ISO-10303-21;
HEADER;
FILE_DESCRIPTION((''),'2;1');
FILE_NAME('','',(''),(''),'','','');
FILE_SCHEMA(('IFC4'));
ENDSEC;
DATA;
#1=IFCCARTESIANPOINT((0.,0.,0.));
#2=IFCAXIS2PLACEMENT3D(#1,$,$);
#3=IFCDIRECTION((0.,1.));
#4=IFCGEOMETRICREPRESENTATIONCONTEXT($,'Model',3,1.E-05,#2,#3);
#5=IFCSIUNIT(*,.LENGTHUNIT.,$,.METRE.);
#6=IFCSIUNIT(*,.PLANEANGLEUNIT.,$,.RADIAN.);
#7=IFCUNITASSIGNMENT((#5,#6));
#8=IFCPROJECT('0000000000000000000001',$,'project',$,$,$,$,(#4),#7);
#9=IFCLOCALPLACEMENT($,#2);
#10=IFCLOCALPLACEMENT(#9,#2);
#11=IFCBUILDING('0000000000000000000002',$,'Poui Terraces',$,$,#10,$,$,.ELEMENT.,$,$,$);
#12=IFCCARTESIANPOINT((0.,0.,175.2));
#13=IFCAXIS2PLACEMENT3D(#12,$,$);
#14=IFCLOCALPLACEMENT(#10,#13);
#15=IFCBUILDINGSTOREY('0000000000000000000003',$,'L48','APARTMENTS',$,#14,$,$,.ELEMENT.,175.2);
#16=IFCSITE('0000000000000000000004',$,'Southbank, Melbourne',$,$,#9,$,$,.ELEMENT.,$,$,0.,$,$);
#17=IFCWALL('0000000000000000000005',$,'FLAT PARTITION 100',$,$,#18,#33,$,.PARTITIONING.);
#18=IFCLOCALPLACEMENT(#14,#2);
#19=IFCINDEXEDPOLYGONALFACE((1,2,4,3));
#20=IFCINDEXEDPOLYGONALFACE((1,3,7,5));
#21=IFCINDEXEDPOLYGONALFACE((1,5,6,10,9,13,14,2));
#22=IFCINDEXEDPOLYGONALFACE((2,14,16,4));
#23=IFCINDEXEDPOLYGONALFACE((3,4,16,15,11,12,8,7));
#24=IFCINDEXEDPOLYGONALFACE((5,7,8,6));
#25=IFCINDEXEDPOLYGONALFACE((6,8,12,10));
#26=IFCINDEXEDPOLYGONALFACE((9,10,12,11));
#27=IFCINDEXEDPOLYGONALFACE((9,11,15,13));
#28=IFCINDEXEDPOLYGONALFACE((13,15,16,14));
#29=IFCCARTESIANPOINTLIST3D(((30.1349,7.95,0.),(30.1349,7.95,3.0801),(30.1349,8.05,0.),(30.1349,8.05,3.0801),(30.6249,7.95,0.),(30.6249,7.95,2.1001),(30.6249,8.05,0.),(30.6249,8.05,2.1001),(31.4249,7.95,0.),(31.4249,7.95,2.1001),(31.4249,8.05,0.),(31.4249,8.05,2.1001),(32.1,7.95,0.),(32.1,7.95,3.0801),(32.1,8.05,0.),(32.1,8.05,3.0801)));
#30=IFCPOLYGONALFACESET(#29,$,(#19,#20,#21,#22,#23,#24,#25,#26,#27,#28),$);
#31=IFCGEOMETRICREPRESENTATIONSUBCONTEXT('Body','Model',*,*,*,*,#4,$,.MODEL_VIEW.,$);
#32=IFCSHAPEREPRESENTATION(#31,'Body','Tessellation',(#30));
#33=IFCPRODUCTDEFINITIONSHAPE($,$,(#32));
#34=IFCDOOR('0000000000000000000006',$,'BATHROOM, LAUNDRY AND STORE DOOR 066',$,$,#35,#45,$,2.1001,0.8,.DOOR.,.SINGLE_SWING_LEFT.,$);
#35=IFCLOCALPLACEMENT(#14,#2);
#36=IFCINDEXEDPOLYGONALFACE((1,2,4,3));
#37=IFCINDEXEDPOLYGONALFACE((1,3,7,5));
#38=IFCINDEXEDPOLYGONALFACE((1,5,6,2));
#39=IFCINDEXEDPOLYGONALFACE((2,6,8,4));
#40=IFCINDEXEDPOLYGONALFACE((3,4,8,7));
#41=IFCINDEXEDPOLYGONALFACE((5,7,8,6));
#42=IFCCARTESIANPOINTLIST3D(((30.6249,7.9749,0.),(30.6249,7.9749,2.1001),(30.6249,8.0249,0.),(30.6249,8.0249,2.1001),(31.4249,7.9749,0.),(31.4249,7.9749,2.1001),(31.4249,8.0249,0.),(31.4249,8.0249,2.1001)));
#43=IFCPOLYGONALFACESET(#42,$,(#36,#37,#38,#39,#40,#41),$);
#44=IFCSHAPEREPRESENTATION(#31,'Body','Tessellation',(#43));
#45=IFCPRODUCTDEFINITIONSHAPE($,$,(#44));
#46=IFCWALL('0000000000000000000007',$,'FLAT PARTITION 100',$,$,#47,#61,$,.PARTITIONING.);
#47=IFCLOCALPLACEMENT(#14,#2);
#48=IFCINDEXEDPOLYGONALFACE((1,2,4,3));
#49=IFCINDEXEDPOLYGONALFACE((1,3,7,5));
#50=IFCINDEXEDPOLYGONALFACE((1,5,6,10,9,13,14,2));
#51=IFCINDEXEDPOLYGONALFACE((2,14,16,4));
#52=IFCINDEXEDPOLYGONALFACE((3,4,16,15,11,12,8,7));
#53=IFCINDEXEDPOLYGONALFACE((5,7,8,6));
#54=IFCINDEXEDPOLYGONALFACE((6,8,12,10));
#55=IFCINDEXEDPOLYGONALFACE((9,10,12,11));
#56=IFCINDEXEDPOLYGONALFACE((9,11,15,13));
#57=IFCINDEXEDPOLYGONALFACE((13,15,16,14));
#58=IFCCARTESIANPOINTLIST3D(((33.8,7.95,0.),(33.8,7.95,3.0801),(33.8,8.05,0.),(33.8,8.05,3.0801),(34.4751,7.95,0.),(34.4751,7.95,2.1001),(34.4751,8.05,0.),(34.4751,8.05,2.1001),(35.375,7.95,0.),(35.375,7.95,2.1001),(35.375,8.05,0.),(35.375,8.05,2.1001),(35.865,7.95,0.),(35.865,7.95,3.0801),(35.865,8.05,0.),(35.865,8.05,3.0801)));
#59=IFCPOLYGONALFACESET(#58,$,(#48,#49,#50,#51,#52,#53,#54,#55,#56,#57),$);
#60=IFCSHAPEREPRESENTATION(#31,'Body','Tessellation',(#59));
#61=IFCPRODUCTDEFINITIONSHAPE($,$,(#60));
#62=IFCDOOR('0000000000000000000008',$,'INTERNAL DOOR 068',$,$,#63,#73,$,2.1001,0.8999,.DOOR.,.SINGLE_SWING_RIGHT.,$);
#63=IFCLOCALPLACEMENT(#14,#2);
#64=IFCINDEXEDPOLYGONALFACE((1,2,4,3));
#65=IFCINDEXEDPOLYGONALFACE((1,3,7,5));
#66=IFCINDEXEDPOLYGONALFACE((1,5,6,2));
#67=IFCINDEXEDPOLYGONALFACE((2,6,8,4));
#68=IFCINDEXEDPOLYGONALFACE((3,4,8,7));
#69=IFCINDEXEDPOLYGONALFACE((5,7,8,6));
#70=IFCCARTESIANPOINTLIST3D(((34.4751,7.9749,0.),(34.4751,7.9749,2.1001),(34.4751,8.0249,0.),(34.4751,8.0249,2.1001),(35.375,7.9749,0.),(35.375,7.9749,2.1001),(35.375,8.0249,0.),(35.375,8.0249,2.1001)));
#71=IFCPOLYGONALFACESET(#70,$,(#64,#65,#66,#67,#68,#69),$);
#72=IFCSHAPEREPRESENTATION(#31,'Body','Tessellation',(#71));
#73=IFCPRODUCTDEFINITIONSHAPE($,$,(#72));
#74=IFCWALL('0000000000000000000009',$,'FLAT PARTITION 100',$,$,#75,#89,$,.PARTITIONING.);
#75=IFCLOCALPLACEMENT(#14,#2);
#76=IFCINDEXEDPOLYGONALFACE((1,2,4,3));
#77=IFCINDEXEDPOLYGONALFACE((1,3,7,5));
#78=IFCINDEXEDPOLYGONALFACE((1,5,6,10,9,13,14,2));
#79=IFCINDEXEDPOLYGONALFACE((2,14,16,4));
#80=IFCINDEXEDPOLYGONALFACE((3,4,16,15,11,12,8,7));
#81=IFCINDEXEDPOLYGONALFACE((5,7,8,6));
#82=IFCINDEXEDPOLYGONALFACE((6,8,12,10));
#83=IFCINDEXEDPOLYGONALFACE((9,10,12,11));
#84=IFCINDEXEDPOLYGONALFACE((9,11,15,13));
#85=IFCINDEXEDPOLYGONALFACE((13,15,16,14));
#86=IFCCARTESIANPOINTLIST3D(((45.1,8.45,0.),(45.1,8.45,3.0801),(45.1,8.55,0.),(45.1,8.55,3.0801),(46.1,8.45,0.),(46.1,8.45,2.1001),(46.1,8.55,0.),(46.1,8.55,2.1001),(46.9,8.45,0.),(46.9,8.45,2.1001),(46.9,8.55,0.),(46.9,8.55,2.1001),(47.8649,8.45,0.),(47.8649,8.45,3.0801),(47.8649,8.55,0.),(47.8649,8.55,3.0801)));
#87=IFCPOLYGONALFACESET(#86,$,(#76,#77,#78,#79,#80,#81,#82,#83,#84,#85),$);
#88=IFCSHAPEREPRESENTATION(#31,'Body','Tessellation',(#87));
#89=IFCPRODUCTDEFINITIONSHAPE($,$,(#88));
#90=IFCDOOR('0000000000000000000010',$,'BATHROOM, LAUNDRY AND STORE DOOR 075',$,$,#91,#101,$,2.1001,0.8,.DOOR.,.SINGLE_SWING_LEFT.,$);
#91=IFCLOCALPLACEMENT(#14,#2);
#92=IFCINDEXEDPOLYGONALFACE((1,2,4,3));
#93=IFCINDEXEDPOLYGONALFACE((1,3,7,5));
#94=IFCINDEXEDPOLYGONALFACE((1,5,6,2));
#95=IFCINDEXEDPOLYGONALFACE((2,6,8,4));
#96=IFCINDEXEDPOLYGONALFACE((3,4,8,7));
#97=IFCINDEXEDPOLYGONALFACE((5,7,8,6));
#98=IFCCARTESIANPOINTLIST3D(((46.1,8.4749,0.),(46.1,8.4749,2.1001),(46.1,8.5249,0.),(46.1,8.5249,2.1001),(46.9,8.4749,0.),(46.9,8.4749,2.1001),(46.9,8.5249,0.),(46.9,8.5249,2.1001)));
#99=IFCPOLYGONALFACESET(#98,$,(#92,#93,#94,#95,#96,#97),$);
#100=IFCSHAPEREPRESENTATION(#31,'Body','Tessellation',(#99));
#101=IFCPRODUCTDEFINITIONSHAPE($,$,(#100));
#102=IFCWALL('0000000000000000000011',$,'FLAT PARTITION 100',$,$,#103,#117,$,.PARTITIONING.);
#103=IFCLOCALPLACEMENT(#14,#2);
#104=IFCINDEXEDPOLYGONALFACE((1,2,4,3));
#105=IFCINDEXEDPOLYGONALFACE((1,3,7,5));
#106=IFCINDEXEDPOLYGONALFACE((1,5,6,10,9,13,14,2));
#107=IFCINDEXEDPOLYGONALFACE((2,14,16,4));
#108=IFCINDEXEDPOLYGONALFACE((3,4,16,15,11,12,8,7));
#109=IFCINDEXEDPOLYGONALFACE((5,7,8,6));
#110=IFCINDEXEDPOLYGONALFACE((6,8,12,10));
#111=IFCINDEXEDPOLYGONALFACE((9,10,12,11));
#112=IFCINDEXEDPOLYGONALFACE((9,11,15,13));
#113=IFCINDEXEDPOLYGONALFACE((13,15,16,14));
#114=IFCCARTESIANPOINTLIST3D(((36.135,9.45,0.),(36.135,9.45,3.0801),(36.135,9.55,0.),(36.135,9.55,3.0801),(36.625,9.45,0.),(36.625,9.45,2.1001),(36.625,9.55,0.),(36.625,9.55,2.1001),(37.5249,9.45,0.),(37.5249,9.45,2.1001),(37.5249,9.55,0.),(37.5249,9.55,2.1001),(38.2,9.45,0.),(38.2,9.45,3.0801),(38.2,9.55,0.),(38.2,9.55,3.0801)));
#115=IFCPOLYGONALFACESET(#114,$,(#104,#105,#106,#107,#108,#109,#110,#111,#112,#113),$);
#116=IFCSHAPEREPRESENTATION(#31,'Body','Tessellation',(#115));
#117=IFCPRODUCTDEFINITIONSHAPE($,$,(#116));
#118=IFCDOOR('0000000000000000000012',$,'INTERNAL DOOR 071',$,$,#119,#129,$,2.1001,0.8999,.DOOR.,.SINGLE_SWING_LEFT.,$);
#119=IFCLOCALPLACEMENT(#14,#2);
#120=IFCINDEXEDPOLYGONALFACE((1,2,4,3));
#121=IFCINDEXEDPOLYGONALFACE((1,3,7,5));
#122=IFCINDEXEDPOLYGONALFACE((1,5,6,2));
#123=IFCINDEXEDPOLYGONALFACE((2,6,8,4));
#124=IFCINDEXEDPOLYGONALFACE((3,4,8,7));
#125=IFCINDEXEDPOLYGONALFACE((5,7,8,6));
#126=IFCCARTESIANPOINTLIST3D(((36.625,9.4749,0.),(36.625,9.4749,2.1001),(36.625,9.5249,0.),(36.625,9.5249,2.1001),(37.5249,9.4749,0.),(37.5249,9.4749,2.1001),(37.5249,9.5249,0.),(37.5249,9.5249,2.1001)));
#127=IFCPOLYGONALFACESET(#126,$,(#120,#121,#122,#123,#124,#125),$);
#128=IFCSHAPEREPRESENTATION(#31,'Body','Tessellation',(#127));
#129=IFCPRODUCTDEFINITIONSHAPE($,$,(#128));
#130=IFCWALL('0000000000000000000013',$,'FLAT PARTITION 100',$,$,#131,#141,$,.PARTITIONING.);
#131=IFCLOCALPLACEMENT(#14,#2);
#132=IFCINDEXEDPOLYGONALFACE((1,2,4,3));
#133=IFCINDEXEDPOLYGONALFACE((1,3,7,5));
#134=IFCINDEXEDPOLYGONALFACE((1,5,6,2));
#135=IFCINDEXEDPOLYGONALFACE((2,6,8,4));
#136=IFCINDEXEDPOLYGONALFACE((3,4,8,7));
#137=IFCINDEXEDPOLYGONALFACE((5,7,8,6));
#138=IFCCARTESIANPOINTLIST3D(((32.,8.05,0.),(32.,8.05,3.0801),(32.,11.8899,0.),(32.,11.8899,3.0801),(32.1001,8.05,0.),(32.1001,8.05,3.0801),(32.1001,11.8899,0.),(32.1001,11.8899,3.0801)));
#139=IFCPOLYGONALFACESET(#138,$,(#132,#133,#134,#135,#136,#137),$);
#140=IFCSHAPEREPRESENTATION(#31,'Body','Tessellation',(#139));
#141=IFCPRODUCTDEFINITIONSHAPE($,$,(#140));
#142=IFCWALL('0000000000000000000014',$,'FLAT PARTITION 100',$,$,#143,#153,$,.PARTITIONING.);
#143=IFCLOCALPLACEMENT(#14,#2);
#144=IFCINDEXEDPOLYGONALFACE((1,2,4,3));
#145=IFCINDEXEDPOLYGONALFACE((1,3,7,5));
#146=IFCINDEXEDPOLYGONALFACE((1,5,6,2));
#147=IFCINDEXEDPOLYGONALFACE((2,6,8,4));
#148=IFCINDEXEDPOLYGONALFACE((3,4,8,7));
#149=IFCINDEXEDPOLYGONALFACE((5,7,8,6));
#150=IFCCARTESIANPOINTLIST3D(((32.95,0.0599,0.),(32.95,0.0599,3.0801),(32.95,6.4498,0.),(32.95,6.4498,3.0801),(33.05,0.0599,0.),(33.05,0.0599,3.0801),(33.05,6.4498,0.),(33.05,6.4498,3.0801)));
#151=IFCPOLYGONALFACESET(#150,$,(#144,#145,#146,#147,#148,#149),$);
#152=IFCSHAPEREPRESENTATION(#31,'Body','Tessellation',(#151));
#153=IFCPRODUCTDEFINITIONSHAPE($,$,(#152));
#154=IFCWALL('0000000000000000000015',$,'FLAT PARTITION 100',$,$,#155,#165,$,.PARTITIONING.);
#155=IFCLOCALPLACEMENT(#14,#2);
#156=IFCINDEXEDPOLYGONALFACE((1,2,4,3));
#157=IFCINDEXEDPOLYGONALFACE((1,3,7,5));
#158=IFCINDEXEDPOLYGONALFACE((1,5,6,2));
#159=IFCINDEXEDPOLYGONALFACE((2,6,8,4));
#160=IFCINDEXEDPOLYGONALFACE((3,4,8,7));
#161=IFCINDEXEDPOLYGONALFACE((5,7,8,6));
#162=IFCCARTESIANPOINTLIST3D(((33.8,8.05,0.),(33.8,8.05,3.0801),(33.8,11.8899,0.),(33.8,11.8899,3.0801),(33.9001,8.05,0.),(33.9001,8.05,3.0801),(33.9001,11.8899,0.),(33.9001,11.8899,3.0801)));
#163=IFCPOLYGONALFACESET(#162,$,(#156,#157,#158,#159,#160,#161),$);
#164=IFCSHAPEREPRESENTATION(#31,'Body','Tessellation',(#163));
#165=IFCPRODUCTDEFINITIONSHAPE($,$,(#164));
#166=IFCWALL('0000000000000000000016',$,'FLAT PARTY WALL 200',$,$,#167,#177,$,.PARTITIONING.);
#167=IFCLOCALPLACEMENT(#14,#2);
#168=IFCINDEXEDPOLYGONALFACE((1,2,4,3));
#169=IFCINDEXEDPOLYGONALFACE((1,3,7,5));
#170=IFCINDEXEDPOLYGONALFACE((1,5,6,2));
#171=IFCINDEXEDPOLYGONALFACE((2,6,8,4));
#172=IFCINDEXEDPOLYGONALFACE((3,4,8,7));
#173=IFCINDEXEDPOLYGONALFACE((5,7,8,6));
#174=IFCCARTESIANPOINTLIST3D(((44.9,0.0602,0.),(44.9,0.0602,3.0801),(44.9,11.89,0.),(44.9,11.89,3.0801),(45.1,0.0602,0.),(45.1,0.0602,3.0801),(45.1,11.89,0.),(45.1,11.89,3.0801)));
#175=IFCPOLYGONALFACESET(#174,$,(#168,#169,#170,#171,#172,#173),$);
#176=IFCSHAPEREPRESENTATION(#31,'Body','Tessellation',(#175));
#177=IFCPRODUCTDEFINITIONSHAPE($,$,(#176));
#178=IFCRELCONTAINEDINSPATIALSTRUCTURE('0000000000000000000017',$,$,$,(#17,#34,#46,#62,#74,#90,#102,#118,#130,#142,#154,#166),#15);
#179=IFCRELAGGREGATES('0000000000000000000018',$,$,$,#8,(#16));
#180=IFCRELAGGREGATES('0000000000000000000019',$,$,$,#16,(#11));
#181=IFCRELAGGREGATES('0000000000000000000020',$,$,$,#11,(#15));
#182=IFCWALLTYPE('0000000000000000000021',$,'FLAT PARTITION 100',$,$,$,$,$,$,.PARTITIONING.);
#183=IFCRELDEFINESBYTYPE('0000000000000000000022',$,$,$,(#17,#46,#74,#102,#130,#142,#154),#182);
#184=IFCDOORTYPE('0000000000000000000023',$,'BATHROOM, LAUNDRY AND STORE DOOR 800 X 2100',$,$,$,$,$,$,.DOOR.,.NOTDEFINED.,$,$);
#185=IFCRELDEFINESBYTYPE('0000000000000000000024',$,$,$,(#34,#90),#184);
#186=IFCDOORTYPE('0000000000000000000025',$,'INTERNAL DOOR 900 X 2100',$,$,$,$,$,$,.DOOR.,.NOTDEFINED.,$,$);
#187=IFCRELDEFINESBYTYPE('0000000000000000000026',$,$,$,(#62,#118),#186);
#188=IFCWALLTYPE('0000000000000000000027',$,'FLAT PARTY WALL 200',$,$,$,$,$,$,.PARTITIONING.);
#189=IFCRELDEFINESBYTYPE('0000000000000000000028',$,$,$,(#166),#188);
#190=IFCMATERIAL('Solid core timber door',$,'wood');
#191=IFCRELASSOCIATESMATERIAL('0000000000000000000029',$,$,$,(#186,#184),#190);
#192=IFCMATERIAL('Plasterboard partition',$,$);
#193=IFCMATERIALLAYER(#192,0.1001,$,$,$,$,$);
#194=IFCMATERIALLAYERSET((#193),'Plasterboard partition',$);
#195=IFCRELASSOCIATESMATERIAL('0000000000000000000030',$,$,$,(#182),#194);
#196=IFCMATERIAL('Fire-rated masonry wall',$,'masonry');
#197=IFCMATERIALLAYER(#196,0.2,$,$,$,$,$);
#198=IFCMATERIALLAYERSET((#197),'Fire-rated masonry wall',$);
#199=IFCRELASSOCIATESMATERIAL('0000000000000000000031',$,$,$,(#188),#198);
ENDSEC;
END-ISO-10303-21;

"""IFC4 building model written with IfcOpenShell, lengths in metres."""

from ifc_helpers import new_model, si_unit, direction, frame, frame_2d, origin, place, context, subcontext, project, spatial, rectangle, extrude, material, layer, layer_set, type_object, element, fill, save


model = new_model("IFC4")

# Units and contexts
model_context = context("Model", 3, precision=1e-05, world=origin(), true_north=direction((0.0, 1.0)))
body_context = subcontext(model_context, "Body", "Model", "MODEL_VIEW")
ifc_project = project(units=[si_unit("LENGTHUNIT", "METRE"), si_unit("PLANEANGLEUNIT", "RADIAN")], contexts=[model_context])

# Site, building, storey
site_placement = place(None, origin())
site = spatial("IfcSite", under=ifc_project, at=site_placement, Name="Southbank, Melbourne", CompositionType="ELEMENT", RefElevation=0.0)
building_placement = place(site_placement, origin())
building = spatial("IfcBuilding", under=site, at=building_placement, Name="Poui Terraces", CompositionType="ELEMENT")
storey_placement = place(building_placement, frame((0.0, 0.0, 175.2)))
storey = spatial("IfcBuildingStorey", under=building, at=storey_placement, Name="L48", Description="APARTMENTS", CompositionType="ELEMENT", Elevation=175.2)

# Walls, openings, doors
ifc_material_1 = material(Name="Solid core timber door", Category="wood")
door_type_1 = type_object("IfcDoorType", Name="INTERNAL DOOR 900 X 2100", OperationType="NOTDEFINED", PredefinedType="DOOR", material=ifc_material_1)
ifc_material_2 = material(Name="Plasterboard partition")
ifc_layer_1 = layer(ifc_material_2, 0.1001)
ifc_layer_set_1 = layer_set([ifc_layer_1], Name="Plasterboard partition")
wall_type_1 = type_object("IfcWallType", Name="FLAT PARTITION 100", PredefinedType="PARTITIONING", material=ifc_layer_set_1)
wall_1_placement = place(storey_placement, frame((30.135, 8.0, 0.0), z_axis=(0.0, 0.0, 1.0), x_axis=(1.0, 0.0, 0.0)))
wall_1 = element("IfcWall", 1, at=wall_1_placement, inside=storey, type_object=wall_type_1, Name="FLAT PARTITION 100", PredefinedType="PARTITIONING", context=body_context, shape_type="SweptSolid", body=[
    extrude(rectangle(XDim=1.9651, YDim=0.1001, at=frame_2d((0.9824, 0.0))), origin(), (0.0, 0.0, 1.0), 3.0801),
])
opening_1_placement = place(wall_1_placement, frame((0.49, 0.0, 0.0)))
opening_1 = element("IfcOpeningElement", 2, at=opening_1_placement, cuts=wall_1, PredefinedType="OPENING", context=body_context, shape_type="SweptSolid", body=[
    extrude(rectangle(XDim=0.8, YDim=2.1001, at=frame_2d((0.3999, 1.05))), frame((0.0, 0.0601, 0.0), z_axis=(0.0, -1.0, 0.0), x_axis=(1.0, 0.0, 0.0)), (0.0, 0.0, 1.0), 0.1201),
])
door_type_2 = type_object("IfcDoorType", Name="BATHROOM, LAUNDRY AND STORE DOOR 800 X 2100", OperationType="NOTDEFINED", PredefinedType="DOOR", material=ifc_material_1)
door_1_placement = place(opening_1_placement, origin())
door_1 = element("IfcDoor", 3, at=door_1_placement, inside=storey, type_object=door_type_2, Name="BATHROOM, LAUNDRY AND STORE DOOR 066", OperationType="SINGLE_SWING_LEFT", OverallHeight=2.1001, OverallWidth=0.8, PredefinedType="DOOR", context=body_context, shape_type="SweptSolid", body=[
    extrude(rectangle(XDim=0.8, YDim=2.1001, at=frame_2d((0.3999, 1.05))), frame((0.0, 0.0249, 0.0), z_axis=(0.0, -1.0, 0.0), x_axis=(1.0, 0.0, 0.0)), (0.0, 0.0, 1.0), 0.05),
])
fill(opening_1, door_1)
wall_2_placement = place(storey_placement, frame((33.8, 8.0, 0.0), z_axis=(0.0, 0.0, 1.0), x_axis=(1.0, 0.0, 0.0)))
wall_2 = element("IfcWall", 4, at=wall_2_placement, inside=storey, type_object=wall_type_1, Name="FLAT PARTITION 100", PredefinedType="PARTITIONING", context=body_context, shape_type="SweptSolid", body=[
    extrude(rectangle(XDim=2.0649, YDim=0.1001, at=frame_2d((1.0325, 0.0))), origin(), (0.0, 0.0, 1.0), 3.0801),
])
opening_2_placement = place(wall_2_placement, frame((0.675, 0.0, 0.0)))
opening_2 = element("IfcOpeningElement", 5, at=opening_2_placement, cuts=wall_2, PredefinedType="OPENING", context=body_context, shape_type="SweptSolid", body=[
    extrude(rectangle(XDim=0.8999, YDim=2.1001, at=frame_2d((0.45, 1.05))), frame((0.0, 0.0601, 0.0), z_axis=(0.0, -1.0, 0.0), x_axis=(1.0, 0.0, 0.0)), (0.0, 0.0, 1.0), 0.1201),
])
door_2_placement = place(opening_2_placement, origin())
door_2 = element("IfcDoor", 6, at=door_2_placement, inside=storey, type_object=door_type_1, Name="INTERNAL DOOR 068", OperationType="SINGLE_SWING_RIGHT", OverallHeight=2.1001, OverallWidth=0.8999, PredefinedType="DOOR", context=body_context, shape_type="SweptSolid", body=[
    extrude(rectangle(XDim=0.8999, YDim=2.1001, at=frame_2d((0.45, 1.05))), frame((0.0, 0.0249, 0.0), z_axis=(0.0, -1.0, 0.0), x_axis=(1.0, 0.0, 0.0)), (0.0, 0.0, 1.0), 0.05),
])
fill(opening_2, door_2)
wall_3_placement = place(storey_placement, frame((45.1001, 8.5, 0.0), z_axis=(0.0, 0.0, 1.0), x_axis=(1.0, 0.0, 0.0)))
wall_3 = element("IfcWall", 7, at=wall_3_placement, inside=storey, type_object=wall_type_1, Name="FLAT PARTITION 100", PredefinedType="PARTITIONING", context=body_context, shape_type="SweptSolid", body=[
    extrude(rectangle(XDim=2.7649, YDim=0.1001, at=frame_2d((1.3823, 0.0))), origin(), (0.0, 0.0, 1.0), 3.0801),
])
opening_3_placement = place(wall_3_placement, frame((1.0, 0.0, 0.0)))
opening_3 = element("IfcOpeningElement", 8, at=opening_3_placement, cuts=wall_3, PredefinedType="OPENING", context=body_context, shape_type="SweptSolid", body=[
    extrude(rectangle(XDim=0.8, YDim=2.1001, at=frame_2d((0.3999, 1.05))), frame((0.0, 0.0601, 0.0), z_axis=(0.0, -1.0, 0.0), x_axis=(1.0, 0.0, 0.0)), (0.0, 0.0, 1.0), 0.1201),
])
door_3_placement = place(opening_3_placement, origin())
door_3 = element("IfcDoor", 9, at=door_3_placement, inside=storey, type_object=door_type_2, Name="BATHROOM, LAUNDRY AND STORE DOOR 075", OperationType="SINGLE_SWING_LEFT", OverallHeight=2.1001, OverallWidth=0.8, PredefinedType="DOOR", context=body_context, shape_type="SweptSolid", body=[
    extrude(rectangle(XDim=0.8, YDim=2.1001, at=frame_2d((0.3999, 1.05))), frame((0.0, 0.0249, 0.0), z_axis=(0.0, -1.0, 0.0), x_axis=(1.0, 0.0, 0.0)), (0.0, 0.0, 1.0), 0.05),
])
fill(opening_3, door_3)
wall_4_placement = place(storey_placement, frame((36.135, 9.5, 0.0), z_axis=(0.0, 0.0, 1.0), x_axis=(1.0, 0.0, 0.0)))
wall_4 = element("IfcWall", 10, at=wall_4_placement, inside=storey, type_object=wall_type_1, Name="FLAT PARTITION 100", PredefinedType="PARTITIONING", context=body_context, shape_type="SweptSolid", body=[
    extrude(rectangle(XDim=2.0649, YDim=0.1001, at=frame_2d((1.0325, 0.0))), origin(), (0.0, 0.0, 1.0), 3.0801),
])
opening_4_placement = place(wall_4_placement, frame((0.49, 0.0, 0.0)))
opening_4 = element("IfcOpeningElement", 11, at=opening_4_placement, cuts=wall_4, PredefinedType="OPENING", context=body_context, shape_type="SweptSolid", body=[
    extrude(rectangle(XDim=0.8999, YDim=2.1001, at=frame_2d((0.45, 1.05))), frame((0.0, 0.0601, 0.0), z_axis=(0.0, -1.0, 0.0), x_axis=(1.0, 0.0, 0.0)), (0.0, 0.0, 1.0), 0.1201),
])
door_4_placement = place(opening_4_placement, origin())
door_4 = element("IfcDoor", 12, at=door_4_placement, inside=storey, type_object=door_type_1, Name="INTERNAL DOOR 071", OperationType="SINGLE_SWING_LEFT", OverallHeight=2.1001, OverallWidth=0.8999, PredefinedType="DOOR", context=body_context, shape_type="SweptSolid", body=[
    extrude(rectangle(XDim=0.8999, YDim=2.1001, at=frame_2d((0.45, 1.05))), frame((0.0, 0.0249, 0.0), z_axis=(0.0, -1.0, 0.0), x_axis=(1.0, 0.0, 0.0)), (0.0, 0.0, 1.0), 0.05),
])
fill(opening_4, door_4)

# Walls
wall_5_placement = place(storey_placement, frame((32.05, 8.05, 0.0), z_axis=(0.0, 0.0, 1.0), x_axis=(0.0, 1.0, 0.0)))
element("IfcWall", 13, at=wall_5_placement, inside=storey, type_object=wall_type_1, Name="FLAT PARTITION 100", PredefinedType="PARTITIONING", context=body_context, shape_type="SweptSolid", body=[
    extrude(rectangle(XDim=3.8398, YDim=0.1001, at=frame_2d((1.9199, 0.0))), origin(), (0.0, 0.0, 1.0), 3.0801),
])
wall_6_placement = place(storey_placement, frame((33.0, 0.0601, 0.0), z_axis=(0.0, 0.0, 1.0), x_axis=(0.0, 1.0, 0.0)))
element("IfcWall", 14, at=wall_6_placement, inside=storey, type_object=wall_type_1, Name="FLAT PARTITION 100", PredefinedType="PARTITIONING", context=body_context, shape_type="SweptSolid", body=[
    extrude(rectangle(XDim=6.3899, YDim=0.1001, at=frame_2d((3.1948, 0.0))), origin(), (0.0, 0.0, 1.0), 3.0801),
])
wall_7_placement = place(storey_placement, frame((33.8501, 8.05, 0.0), z_axis=(0.0, 0.0, 1.0), x_axis=(0.0, 1.0, 0.0)))
element("IfcWall", 15, at=wall_7_placement, inside=storey, type_object=wall_type_1, Name="FLAT PARTITION 100", PredefinedType="PARTITIONING", context=body_context, shape_type="SweptSolid", body=[
    extrude(rectangle(XDim=3.8398, YDim=0.1001, at=frame_2d((1.9199, 0.0))), origin(), (0.0, 0.0, 1.0), 3.0801),
])
ifc_material_3 = material(Name="Fire-rated masonry wall", Category="masonry")
ifc_layer_2 = layer(ifc_material_3, 0.2)
ifc_layer_set_2 = layer_set([ifc_layer_2], Name="Fire-rated masonry wall")
wall_type_2 = type_object("IfcWallType", Name="FLAT PARTY WALL 200", PredefinedType="PARTITIONING", material=ifc_layer_set_2)
wall_8_placement = place(storey_placement, frame((45.0, 0.0601, 0.0), z_axis=(0.0, 0.0, 1.0), x_axis=(0.0, 1.0, 0.0)))
element("IfcWall", 16, at=wall_8_placement, inside=storey, type_object=wall_type_2, Name="FLAT PARTY WALL 200", PredefinedType="PARTITIONING", context=body_context, shape_type="SweptSolid", body=[
    extrude(rectangle(XDim=11.8298, YDim=0.2, at=frame_2d((5.915, 0.0))), origin(), (0.0, 0.0, 1.0), 3.0801),
])

save(model, "model.ifc")
